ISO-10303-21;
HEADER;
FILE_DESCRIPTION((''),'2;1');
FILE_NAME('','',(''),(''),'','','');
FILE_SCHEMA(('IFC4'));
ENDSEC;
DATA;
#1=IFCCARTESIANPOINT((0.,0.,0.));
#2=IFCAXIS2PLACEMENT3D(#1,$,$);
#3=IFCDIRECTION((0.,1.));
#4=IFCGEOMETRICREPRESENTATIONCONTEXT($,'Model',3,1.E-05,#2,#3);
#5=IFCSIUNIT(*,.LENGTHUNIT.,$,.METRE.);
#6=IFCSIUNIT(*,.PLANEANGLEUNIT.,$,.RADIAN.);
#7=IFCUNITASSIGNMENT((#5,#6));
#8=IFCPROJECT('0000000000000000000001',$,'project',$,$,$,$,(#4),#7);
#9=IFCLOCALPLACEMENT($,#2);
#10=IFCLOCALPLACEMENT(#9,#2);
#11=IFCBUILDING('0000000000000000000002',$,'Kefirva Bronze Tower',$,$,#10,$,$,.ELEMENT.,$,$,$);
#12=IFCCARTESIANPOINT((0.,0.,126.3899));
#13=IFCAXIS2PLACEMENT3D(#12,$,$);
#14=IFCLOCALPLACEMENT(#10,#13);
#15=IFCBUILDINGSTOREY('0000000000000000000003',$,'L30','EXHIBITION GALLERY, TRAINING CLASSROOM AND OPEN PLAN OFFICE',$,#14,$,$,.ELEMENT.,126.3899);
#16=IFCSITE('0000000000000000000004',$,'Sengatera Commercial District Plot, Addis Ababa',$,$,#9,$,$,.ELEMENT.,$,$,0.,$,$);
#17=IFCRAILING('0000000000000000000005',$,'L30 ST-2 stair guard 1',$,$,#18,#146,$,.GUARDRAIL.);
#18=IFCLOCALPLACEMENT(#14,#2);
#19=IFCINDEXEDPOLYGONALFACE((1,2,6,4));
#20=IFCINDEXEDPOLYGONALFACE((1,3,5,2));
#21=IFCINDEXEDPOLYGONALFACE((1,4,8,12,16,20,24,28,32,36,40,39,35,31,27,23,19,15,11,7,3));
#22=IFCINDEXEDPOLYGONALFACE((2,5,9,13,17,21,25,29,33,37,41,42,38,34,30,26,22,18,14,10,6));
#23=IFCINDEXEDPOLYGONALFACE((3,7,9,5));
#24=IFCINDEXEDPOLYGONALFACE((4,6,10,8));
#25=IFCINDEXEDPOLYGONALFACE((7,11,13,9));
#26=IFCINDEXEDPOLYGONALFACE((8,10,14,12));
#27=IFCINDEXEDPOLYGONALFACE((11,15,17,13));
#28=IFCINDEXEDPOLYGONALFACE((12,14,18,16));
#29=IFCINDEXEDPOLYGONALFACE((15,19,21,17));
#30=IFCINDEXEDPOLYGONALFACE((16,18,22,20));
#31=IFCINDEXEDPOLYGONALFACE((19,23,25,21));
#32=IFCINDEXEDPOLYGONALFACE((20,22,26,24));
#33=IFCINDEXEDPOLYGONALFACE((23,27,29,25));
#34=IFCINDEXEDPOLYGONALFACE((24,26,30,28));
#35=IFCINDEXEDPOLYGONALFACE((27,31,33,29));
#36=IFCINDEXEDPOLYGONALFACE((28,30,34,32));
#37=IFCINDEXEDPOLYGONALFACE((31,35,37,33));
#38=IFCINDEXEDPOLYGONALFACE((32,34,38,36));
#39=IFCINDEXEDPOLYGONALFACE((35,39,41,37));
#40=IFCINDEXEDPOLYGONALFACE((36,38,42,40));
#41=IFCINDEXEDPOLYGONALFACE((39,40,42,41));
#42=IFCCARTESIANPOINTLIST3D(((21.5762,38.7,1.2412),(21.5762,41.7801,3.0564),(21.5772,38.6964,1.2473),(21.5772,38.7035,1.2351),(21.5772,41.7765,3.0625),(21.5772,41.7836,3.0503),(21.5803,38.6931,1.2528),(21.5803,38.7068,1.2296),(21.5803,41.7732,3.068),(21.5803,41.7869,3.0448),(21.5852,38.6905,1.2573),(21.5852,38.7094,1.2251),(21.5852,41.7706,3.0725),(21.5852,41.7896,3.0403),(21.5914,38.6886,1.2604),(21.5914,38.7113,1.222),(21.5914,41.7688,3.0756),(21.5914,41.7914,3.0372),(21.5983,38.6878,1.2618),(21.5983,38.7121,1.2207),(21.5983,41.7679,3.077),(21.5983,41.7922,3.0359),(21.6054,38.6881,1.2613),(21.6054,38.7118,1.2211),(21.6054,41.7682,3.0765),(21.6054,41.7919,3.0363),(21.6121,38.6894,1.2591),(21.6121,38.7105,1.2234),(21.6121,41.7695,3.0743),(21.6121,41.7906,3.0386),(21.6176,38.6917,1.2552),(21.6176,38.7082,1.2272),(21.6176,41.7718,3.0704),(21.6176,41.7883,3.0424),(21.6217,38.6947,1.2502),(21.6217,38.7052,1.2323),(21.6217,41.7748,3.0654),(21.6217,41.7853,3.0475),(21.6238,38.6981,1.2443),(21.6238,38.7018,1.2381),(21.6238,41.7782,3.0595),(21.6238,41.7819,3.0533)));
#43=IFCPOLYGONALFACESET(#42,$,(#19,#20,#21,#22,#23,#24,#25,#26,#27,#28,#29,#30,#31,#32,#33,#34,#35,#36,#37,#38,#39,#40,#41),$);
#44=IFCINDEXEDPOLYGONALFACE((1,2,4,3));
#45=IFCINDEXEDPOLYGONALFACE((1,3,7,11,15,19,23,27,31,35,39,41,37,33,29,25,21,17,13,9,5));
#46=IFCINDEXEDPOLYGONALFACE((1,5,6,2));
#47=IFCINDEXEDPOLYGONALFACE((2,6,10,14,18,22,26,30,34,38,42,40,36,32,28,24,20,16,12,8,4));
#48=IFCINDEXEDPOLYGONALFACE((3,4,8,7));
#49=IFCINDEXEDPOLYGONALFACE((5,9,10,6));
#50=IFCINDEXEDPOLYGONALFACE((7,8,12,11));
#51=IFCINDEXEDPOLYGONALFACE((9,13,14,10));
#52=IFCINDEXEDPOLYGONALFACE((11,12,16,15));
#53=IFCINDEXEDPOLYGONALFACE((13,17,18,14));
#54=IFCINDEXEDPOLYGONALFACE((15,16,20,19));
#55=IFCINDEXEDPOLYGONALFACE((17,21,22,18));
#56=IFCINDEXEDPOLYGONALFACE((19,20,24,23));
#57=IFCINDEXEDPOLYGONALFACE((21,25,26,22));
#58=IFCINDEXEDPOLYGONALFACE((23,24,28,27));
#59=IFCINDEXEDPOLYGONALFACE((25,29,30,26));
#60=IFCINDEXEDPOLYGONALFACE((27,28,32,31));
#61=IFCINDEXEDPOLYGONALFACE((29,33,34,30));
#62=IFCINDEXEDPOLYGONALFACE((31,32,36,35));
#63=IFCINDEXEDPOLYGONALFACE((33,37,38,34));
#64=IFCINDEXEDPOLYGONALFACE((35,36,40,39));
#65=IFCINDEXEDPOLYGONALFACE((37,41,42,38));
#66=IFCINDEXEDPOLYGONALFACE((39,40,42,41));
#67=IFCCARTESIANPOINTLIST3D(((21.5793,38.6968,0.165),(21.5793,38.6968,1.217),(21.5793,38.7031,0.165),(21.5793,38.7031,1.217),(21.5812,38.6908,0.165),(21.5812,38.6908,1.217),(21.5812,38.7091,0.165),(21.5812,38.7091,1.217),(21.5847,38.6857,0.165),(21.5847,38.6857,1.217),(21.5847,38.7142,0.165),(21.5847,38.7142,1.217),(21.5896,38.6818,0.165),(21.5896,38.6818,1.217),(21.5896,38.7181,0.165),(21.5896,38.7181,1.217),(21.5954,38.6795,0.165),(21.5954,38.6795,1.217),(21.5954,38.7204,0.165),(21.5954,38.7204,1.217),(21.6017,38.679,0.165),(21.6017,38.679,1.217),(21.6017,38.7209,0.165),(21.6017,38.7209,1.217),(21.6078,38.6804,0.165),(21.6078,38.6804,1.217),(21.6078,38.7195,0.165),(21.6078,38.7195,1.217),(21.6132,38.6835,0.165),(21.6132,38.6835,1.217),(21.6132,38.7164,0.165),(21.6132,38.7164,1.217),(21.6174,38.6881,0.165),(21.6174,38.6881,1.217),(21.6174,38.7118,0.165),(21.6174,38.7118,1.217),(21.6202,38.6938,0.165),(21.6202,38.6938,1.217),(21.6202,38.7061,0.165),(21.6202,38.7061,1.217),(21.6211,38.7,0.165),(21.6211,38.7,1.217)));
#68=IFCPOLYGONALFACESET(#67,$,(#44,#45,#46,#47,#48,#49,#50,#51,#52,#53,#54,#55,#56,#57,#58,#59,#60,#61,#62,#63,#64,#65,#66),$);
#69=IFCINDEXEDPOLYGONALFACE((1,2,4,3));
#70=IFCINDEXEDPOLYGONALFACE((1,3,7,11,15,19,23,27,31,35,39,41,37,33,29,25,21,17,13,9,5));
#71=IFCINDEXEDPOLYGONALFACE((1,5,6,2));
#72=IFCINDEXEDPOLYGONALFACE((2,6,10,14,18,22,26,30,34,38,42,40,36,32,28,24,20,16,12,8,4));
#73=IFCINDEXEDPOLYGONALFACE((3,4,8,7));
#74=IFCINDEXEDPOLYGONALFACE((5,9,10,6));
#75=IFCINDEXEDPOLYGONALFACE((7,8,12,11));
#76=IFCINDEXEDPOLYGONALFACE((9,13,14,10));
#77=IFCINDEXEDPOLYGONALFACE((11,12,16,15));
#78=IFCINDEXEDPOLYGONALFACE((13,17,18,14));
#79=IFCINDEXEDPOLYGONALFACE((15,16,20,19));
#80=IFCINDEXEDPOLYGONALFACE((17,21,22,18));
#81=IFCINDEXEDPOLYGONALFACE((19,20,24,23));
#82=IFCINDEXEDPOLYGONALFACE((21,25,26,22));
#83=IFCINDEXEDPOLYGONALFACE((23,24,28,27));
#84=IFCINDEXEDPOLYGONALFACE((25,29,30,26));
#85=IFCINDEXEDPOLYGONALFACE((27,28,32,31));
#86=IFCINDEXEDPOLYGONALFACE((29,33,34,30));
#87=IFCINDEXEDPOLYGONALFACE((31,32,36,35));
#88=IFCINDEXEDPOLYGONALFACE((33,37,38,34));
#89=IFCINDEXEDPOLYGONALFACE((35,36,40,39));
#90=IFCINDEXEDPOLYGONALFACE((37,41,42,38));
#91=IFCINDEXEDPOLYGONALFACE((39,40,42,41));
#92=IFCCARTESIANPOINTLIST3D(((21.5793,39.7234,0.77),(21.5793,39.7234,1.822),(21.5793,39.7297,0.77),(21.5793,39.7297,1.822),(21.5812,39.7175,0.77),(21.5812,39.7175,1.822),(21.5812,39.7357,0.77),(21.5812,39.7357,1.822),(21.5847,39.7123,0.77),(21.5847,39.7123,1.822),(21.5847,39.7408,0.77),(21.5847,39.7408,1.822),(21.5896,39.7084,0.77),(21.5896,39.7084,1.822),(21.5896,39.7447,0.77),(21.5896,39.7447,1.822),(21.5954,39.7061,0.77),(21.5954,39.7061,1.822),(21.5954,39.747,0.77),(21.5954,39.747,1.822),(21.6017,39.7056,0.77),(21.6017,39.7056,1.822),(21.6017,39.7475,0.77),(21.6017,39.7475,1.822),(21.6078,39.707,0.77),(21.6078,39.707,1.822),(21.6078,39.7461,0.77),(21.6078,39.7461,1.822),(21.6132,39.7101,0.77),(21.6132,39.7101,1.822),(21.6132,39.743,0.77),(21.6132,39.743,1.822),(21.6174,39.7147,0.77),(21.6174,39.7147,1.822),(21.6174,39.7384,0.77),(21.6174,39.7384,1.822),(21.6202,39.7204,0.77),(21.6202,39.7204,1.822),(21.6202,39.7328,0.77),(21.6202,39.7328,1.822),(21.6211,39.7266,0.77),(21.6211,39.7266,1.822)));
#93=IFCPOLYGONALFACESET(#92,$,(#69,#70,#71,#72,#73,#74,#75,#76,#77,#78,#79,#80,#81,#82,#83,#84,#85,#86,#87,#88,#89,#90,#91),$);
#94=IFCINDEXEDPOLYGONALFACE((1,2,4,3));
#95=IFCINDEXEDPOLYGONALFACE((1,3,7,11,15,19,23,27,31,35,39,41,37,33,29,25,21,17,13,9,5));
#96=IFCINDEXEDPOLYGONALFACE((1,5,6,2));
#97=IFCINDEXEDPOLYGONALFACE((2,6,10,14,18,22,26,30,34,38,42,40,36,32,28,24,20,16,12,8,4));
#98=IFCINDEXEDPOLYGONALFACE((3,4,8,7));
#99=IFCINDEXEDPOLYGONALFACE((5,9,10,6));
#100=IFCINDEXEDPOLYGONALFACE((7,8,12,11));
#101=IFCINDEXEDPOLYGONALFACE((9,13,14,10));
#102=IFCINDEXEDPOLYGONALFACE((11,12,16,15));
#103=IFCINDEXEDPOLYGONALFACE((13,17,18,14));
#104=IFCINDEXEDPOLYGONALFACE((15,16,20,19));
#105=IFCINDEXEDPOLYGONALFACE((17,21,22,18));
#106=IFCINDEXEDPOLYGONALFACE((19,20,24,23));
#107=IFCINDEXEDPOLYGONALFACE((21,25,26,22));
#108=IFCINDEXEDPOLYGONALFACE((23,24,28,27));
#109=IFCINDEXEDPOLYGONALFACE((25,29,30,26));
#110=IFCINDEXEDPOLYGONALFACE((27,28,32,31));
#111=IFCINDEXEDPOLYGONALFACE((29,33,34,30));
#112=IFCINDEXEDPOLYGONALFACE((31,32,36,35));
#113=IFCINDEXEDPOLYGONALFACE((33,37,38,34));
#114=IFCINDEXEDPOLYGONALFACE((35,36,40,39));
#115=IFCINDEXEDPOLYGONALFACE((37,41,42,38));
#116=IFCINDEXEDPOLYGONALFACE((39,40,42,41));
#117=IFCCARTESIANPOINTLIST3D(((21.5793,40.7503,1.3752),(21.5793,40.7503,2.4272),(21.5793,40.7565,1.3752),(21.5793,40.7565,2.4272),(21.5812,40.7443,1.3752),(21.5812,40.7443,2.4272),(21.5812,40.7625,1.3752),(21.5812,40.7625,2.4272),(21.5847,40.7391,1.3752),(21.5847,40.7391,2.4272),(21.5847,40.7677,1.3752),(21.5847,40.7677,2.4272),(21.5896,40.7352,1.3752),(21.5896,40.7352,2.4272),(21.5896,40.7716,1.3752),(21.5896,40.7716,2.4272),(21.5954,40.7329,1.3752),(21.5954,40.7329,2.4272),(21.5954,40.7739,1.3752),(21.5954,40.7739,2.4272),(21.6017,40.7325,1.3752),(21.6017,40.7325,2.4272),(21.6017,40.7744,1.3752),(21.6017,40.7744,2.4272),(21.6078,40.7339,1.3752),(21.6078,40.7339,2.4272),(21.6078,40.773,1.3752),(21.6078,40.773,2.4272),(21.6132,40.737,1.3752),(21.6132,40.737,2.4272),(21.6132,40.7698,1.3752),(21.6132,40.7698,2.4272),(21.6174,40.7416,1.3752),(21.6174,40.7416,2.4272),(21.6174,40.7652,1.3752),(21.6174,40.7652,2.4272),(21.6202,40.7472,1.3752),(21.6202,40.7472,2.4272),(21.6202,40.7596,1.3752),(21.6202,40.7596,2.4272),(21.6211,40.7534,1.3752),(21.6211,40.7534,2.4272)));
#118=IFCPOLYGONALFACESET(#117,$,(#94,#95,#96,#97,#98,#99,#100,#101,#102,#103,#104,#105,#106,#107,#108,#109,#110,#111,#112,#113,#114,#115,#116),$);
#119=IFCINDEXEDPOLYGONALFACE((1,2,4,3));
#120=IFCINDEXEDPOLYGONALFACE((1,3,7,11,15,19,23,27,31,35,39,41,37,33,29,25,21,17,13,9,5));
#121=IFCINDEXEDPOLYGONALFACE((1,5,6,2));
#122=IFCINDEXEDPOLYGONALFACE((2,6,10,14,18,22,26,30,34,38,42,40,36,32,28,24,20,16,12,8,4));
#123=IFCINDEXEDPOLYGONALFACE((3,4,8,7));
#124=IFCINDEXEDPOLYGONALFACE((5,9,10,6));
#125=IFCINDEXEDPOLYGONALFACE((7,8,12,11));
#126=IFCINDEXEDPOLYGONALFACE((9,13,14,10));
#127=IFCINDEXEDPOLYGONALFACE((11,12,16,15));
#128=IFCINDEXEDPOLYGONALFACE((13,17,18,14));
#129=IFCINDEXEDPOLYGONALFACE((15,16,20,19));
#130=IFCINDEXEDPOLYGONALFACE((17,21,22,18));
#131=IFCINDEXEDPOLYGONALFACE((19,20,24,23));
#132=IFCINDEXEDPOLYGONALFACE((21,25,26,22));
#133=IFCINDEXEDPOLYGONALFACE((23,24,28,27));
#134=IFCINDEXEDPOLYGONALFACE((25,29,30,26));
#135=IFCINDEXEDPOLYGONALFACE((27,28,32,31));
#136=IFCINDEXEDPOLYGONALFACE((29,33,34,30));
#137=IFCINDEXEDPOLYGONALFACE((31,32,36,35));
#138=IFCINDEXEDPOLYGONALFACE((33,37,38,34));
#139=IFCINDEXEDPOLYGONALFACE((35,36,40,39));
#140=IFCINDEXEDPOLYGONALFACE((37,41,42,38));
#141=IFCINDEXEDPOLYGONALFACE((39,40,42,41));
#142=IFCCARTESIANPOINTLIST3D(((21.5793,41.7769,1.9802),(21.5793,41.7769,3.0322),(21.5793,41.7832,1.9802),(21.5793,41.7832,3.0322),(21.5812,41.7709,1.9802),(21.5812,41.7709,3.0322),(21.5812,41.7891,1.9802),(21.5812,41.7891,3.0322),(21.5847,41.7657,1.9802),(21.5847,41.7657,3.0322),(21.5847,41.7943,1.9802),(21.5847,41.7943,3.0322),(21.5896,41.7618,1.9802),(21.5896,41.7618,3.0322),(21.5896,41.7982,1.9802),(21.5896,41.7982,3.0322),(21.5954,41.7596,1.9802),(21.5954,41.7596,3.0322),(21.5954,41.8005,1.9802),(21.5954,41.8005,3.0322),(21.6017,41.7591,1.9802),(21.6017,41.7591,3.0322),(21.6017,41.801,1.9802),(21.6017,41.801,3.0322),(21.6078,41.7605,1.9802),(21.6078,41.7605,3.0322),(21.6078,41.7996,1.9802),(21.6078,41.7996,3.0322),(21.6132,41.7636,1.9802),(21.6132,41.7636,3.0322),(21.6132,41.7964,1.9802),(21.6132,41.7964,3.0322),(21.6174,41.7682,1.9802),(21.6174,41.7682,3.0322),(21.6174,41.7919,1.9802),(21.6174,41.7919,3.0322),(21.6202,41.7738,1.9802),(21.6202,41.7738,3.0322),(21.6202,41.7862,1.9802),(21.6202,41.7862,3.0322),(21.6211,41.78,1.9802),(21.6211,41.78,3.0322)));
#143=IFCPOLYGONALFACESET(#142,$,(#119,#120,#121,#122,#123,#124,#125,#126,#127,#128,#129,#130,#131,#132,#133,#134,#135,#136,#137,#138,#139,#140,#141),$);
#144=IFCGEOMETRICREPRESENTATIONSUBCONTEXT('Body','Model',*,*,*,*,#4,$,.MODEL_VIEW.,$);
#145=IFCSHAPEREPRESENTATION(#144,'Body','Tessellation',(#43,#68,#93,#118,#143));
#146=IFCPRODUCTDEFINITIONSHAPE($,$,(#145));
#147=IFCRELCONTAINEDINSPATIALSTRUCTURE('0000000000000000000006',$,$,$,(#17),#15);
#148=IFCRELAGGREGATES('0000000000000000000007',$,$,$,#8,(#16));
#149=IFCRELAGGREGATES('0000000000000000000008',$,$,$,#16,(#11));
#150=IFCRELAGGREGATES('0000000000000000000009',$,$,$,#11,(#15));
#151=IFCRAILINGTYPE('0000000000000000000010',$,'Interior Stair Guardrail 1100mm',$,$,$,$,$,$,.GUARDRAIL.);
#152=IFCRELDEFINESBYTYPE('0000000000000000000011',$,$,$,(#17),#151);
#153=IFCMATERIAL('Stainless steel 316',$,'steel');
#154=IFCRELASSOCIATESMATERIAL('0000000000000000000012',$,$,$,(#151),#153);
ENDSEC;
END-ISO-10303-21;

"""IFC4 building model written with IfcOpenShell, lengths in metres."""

from ifc_helpers import new_model, si_unit, direction, frame, origin, origin_2d, place, context, subcontext, project, spatial, circle, extrude, material, type_object, element, save


model = new_model("IFC4")

# Units and contexts
model_context = context("Model", 3, precision=1e-05, world=origin(), true_north=direction((0.0, 1.0)))
body_context = subcontext(model_context, "Body", "Model", "MODEL_VIEW")
ifc_project = project(units=[si_unit("LENGTHUNIT", "METRE"), si_unit("PLANEANGLEUNIT", "RADIAN")], contexts=[model_context])

# Site, building, storey
site_placement = place(None, origin())
site = spatial("IfcSite", under=ifc_project, at=site_placement, Name="Sengatera Commercial District Plot, Addis Ababa", CompositionType="ELEMENT", RefElevation=0.0)
building_placement = place(site_placement, origin())
building = spatial("IfcBuilding", under=site, at=building_placement, Name="Kefirva Bronze Tower", CompositionType="ELEMENT")
storey_placement = place(building_placement, frame((0.0, 0.0, 126.3899)))
storey = spatial("IfcBuildingStorey", under=building, at=storey_placement, Name="L30", Description="EXHIBITION GALLERY, TRAINING CLASSROOM AND OPEN PLAN OFFICE", CompositionType="ELEMENT", Elevation=126.3899)

# Railing
ifc_material_1 = material(Name="Stainless steel 316", Category="steel")
railing_type_1 = type_object("IfcRailingType", Name="Interior Stair Guardrail 1100mm", PredefinedType="GUARDRAIL", material=ifc_material_1)
railing_1_placement = place(storey_placement, frame((21.6001, 38.7, 0.165)))
element("IfcRailing", 1, at=railing_1_placement, inside=storey, type_object=railing_type_1, Name="L30 ST-2 stair guard 1", PredefinedType="GUARDRAIL", context=body_context, shape_type="SweptSolid", body=[
    extrude(circle(Radius=0.0239, at=origin_2d()), frame((0.0, 0.0, 1.0762), z_axis=(0.0, 0.861521, 0.507721), x_axis=(-1.0, 0.0, 0.0)), (0.0, 0.0, 1.0), 3.5752),
    extrude(circle(Radius=0.021, at=origin_2d()), origin(), (0.0, 0.0, 1.0), 1.052),
    extrude(circle(Radius=0.021, at=origin_2d()), frame((0.0, 1.0266, 0.605)), (0.0, 0.0, 1.0), 1.052),
    extrude(circle(Radius=0.021, at=origin_2d()), frame((0.0, 2.0535, 1.2102)), (0.0, 0.0, 1.0), 1.052),
    extrude(circle(Radius=0.021, at=origin_2d()), frame((0.0, 3.0801, 1.8152)), (0.0, 0.0, 1.0), 1.052),
])

save(model, "model.ifc")
